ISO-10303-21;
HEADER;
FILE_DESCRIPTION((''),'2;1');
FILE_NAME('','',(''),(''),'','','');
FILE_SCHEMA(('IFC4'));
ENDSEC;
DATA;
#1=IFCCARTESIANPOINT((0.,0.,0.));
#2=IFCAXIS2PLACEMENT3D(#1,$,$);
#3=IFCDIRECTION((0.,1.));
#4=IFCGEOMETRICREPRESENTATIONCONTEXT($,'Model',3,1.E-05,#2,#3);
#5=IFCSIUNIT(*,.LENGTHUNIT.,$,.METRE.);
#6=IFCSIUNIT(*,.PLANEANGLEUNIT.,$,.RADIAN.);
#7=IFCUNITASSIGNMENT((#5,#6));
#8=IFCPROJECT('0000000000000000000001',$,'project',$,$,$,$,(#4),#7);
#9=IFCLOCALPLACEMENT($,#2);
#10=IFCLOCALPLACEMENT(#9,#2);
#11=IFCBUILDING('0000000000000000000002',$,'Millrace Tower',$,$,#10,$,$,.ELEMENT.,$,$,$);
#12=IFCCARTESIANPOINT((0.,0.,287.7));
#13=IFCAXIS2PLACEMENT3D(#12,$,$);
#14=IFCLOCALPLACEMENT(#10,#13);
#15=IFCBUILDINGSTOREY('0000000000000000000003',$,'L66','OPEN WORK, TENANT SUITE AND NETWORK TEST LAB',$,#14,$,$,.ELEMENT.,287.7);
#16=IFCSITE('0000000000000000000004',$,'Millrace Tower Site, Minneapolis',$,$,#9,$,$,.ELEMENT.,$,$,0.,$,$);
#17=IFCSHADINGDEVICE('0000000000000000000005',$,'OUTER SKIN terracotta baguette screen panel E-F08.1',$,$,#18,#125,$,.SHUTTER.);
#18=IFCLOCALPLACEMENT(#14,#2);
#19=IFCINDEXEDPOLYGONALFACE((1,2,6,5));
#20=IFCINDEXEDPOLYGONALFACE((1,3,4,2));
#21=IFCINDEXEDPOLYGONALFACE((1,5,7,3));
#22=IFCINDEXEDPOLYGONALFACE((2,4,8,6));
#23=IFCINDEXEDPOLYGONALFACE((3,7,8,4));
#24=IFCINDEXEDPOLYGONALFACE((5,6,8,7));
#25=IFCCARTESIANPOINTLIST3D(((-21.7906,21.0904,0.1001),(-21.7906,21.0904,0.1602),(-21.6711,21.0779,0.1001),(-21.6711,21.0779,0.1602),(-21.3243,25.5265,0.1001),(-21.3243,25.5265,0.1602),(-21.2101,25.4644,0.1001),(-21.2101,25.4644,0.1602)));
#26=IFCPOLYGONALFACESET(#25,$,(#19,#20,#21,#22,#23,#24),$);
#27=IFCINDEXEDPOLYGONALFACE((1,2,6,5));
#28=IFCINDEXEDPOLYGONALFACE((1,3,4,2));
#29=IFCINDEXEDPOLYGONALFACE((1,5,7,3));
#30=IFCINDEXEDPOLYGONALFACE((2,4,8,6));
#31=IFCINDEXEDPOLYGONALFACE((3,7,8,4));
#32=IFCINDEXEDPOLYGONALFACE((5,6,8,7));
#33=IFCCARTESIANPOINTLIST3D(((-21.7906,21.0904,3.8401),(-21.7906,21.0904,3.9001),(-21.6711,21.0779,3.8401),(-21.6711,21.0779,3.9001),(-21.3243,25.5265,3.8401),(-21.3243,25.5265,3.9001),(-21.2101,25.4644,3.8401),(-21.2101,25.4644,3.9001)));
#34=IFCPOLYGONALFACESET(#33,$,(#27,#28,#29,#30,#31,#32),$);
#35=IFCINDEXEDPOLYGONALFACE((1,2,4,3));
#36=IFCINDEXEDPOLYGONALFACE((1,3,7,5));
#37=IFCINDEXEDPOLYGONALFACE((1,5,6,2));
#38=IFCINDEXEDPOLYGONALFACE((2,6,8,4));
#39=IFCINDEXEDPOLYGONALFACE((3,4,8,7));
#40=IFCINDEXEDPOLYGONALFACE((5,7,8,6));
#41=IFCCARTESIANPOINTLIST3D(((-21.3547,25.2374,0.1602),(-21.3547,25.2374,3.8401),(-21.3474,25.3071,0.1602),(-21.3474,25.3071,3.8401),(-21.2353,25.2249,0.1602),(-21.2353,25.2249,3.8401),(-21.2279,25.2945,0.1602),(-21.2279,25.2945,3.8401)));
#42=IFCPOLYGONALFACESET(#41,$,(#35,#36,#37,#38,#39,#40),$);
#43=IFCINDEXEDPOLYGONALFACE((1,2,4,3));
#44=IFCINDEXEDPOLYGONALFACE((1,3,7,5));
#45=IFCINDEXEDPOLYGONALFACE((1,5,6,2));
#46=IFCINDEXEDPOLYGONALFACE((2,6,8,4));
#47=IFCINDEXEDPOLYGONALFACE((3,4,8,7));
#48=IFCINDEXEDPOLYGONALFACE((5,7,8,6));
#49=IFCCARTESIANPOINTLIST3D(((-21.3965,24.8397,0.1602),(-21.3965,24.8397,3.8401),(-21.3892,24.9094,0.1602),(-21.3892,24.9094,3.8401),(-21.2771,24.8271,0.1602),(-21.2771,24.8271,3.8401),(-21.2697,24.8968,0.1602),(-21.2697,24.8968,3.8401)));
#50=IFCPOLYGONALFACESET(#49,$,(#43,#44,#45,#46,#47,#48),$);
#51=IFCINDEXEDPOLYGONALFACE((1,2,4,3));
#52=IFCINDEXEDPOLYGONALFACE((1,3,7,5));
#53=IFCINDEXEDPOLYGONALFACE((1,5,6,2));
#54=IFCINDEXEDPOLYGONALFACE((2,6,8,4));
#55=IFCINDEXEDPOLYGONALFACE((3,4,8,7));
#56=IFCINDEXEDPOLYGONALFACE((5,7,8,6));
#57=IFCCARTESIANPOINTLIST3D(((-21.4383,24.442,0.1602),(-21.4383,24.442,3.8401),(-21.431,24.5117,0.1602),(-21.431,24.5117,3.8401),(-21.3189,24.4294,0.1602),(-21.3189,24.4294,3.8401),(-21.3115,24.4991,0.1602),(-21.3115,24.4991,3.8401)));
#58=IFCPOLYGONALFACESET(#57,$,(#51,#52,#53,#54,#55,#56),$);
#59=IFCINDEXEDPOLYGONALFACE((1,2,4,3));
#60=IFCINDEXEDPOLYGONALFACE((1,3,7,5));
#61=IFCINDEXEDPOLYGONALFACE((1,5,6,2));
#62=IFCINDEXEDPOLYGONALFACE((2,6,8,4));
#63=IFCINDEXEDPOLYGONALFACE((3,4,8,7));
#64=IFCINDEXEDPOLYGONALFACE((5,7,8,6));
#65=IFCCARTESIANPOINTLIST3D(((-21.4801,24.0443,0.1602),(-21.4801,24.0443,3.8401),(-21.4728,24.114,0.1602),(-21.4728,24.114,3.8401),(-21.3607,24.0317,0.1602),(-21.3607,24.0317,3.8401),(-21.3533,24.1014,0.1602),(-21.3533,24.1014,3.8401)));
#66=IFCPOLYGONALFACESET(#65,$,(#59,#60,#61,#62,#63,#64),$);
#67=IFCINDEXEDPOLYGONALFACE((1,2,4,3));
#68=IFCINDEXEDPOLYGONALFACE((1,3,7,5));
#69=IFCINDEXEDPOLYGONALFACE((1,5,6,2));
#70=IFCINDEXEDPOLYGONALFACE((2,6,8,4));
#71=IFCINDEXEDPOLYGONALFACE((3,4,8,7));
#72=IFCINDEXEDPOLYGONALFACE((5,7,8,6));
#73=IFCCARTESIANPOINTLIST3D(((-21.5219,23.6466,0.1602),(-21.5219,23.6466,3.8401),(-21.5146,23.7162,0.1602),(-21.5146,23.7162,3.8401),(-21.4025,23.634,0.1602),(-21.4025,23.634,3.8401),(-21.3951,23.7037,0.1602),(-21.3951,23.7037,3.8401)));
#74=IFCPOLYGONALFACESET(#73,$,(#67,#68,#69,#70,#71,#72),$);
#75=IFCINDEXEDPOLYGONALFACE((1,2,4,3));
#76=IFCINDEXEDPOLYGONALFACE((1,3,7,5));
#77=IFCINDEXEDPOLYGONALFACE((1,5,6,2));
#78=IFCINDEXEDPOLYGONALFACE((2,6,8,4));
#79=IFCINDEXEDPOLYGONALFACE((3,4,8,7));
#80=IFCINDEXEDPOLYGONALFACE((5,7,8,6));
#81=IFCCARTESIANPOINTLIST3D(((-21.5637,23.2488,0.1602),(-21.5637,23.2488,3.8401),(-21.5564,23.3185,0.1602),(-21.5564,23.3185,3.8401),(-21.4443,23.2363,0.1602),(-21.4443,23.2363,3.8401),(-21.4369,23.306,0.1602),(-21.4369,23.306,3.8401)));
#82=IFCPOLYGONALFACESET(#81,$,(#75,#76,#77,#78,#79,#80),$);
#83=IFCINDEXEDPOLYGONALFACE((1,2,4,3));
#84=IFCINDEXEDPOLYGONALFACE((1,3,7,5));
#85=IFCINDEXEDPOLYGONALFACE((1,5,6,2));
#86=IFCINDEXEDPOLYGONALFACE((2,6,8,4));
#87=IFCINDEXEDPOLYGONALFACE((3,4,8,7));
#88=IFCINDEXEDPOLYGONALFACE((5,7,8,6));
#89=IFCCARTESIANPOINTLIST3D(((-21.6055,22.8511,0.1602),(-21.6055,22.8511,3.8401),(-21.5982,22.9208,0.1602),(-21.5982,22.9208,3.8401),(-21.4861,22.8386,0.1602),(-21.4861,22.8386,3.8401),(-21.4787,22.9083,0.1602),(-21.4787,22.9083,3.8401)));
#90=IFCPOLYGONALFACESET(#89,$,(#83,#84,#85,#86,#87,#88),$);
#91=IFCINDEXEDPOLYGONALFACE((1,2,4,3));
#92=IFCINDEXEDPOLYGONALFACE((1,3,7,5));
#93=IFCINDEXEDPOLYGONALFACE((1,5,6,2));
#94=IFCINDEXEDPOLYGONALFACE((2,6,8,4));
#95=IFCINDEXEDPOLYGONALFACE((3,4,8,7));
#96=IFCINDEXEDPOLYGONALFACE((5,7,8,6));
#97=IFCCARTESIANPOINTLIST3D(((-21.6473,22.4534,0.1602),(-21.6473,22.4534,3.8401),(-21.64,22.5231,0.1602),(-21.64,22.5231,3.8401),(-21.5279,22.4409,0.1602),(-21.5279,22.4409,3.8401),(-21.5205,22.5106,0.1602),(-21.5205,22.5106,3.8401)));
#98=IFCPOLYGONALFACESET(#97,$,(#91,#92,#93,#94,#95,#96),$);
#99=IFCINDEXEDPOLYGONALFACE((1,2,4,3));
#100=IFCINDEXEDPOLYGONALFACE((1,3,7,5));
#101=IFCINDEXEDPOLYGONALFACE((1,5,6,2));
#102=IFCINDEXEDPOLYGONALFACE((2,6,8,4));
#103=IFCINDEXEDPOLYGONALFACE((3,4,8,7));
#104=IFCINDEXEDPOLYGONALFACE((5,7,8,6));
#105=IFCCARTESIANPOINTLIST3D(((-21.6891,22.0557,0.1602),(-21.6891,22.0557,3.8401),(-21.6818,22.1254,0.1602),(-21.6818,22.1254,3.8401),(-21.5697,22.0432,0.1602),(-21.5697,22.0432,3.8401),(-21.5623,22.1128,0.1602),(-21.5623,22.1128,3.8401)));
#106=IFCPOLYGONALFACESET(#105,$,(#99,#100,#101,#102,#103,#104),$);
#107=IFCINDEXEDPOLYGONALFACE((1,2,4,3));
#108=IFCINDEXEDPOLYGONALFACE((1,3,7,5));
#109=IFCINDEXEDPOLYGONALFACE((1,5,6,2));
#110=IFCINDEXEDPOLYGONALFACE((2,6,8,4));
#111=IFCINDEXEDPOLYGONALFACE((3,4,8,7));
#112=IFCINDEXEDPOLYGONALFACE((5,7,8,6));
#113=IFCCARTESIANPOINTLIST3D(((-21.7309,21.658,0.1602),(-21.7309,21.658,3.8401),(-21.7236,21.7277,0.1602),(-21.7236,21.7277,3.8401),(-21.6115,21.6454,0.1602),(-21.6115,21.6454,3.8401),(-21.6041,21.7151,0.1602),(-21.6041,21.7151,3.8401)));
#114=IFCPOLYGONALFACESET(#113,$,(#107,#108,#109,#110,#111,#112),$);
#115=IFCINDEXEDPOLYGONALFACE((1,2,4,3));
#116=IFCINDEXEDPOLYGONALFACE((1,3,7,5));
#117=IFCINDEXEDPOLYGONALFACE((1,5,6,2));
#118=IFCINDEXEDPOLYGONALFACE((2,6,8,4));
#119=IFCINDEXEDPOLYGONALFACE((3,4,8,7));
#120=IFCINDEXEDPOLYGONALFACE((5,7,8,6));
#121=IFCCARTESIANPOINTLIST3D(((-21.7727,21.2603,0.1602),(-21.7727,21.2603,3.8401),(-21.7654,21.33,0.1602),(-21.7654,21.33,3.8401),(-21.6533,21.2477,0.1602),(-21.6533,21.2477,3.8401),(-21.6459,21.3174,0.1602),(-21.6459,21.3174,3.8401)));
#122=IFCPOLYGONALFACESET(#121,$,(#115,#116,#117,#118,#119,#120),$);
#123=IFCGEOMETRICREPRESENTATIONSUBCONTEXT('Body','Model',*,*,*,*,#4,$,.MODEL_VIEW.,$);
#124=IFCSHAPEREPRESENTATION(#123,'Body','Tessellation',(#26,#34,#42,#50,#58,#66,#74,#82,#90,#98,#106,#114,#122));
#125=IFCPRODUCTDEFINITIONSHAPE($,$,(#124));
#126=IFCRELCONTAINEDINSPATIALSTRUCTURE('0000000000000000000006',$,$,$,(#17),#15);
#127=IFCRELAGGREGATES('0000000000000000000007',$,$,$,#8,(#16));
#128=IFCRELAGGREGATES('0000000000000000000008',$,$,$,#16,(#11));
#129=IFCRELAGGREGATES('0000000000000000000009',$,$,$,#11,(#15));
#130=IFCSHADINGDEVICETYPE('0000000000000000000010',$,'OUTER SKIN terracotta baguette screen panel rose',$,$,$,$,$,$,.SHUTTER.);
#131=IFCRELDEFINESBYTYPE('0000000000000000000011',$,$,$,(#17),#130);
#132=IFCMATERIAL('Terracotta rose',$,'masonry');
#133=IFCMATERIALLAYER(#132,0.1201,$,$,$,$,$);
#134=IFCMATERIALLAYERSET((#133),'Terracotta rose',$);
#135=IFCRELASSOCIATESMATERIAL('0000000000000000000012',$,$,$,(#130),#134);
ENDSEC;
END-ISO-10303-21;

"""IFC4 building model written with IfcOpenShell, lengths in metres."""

from ifc_helpers import new_model, entity, si_unit, direction, frame, frame_2d, origin, place, context, subcontext, project, spatial, rectangle, extrude, source, transform, mapped, material, layer, layer_set, type_object, element, save


model = new_model("IFC4")

# Units and contexts
model_context = context("Model", 3, precision=1e-05, world=origin(), true_north=direction((0.0, 1.0)))
body_context = subcontext(model_context, "Body", "Model", "MODEL_VIEW")
ifc_project = project(units=[si_unit("LENGTHUNIT", "METRE"), si_unit("PLANEANGLEUNIT", "RADIAN")], contexts=[model_context])

# Site, building, storey
site_placement = place(None, origin())
site = spatial("IfcSite", under=ifc_project, at=site_placement, Name="Millrace Tower Site, Minneapolis", CompositionType="ELEMENT", RefElevation=0.0)
building_placement = place(site_placement, origin())
building = spatial("IfcBuilding", under=site, at=building_placement, Name="Millrace Tower", CompositionType="ELEMENT")
storey_placement = place(building_placement, frame((0.0, 0.0, 287.7)))
storey = spatial("IfcBuildingStorey", under=building, at=storey_placement, Name="L66", Description="OPEN WORK, TENANT SUITE AND NETWORK TEST LAB", CompositionType="ELEMENT", Elevation=287.7)

# Shading device
ifc_material_1 = material(Name="Terracotta rose", Category="masonry")
ifc_layer_1 = layer(ifc_material_1, 0.1201)
ifc_layer_set_1 = layer_set([ifc_layer_1], Name="Terracotta rose")
shading_device_type = type_object("IfcShadingDeviceType", Name="OUTER SKIN terracotta baguette screen panel rose", PredefinedType="SHUTTER", material=ifc_layer_set_1)
cartesian_point_1 = entity("IfcCartesianPoint", [-2.1929, 0.0601])
shared_polyline_1 = entity("IfcPolyline", [cartesian_point_1, entity("IfcCartesianPoint", [2.2178, 0.0601]), entity("IfcCartesianPoint", [2.2178, -0.0601]), entity("IfcCartesianPoint", [-2.2427, -0.0601]), cartesian_point_1])
shared_shape_1 = source(origin(), body_context, "Body", "SweptSolid", [
    entity("IfcExtrudedAreaSolid", entity("IfcArbitraryClosedProfileDef", "AREA", None, shared_polyline_1), entity("IfcAxis2Placement3D", entity("IfcCartesianPoint", [0.0, 0.0, 0.0])), entity("IfcDirection", [0.0, 0.0, 1.0]), 0.0601),
    entity("IfcExtrudedAreaSolid", entity("IfcArbitraryClosedProfileDef", "AREA", None, shared_polyline_1), entity("IfcAxis2Placement3D", entity("IfcCartesianPoint", [0.0, 0.0, 3.74])), entity("IfcDirection", [0.0, 0.0, 1.0]), 0.0601),
    extrude(rectangle(XDim=0.0701, YDim=0.1201, at=frame_2d((-1.9871, 0.0))), frame((0.0, 0.0, 0.0601)), (0.0, 0.0, 1.0), 3.6799),
    extrude(rectangle(XDim=0.0701, YDim=0.1201, at=frame_2d((-1.5872, 0.0))), frame((0.0, 0.0, 0.0601)), (0.0, 0.0, 1.0), 3.6799),
    extrude(rectangle(XDim=0.0701, YDim=0.1201, at=frame_2d((-1.1873, 0.0))), frame((0.0, 0.0, 0.0601)), (0.0, 0.0, 1.0), 3.6799),
    extrude(rectangle(XDim=0.0701, YDim=0.1201, at=frame_2d((-0.7874, 0.0))), frame((0.0, 0.0, 0.0601)), (0.0, 0.0, 1.0), 3.6799),
    extrude(rectangle(XDim=0.0701, YDim=0.1201, at=frame_2d((-0.3875, 0.0))), frame((0.0, 0.0, 0.0601)), (0.0, 0.0, 1.0), 3.6799),
    extrude(rectangle(XDim=0.0701, YDim=0.1201, at=frame_2d((0.0125, 0.0))), frame((0.0, 0.0, 0.0601)), (0.0, 0.0, 1.0), 3.6799),
    extrude(rectangle(XDim=0.0701, YDim=0.1201, at=frame_2d((0.4124, 0.0))), frame((0.0, 0.0, 0.0601)), (0.0, 0.0, 1.0), 3.6799),
    extrude(rectangle(XDim=0.0701, YDim=0.1201, at=frame_2d((0.8123, 0.0))), frame((0.0, 0.0, 0.0601)), (0.0, 0.0, 1.0), 3.6799),
    extrude(rectangle(XDim=0.0701, YDim=0.1201, at=frame_2d((1.2122, 0.0))), frame((0.0, 0.0, 0.0601)), (0.0, 0.0, 1.0), 3.6799),
    extrude(rectangle(XDim=0.0701, YDim=0.1201, at=frame_2d((1.6121, 0.0))), frame((0.0, 0.0, 0.0601)), (0.0, 0.0, 1.0), 3.6799),
    extrude(rectangle(XDim=0.0701, YDim=0.1201, at=frame_2d((2.012, 0.0))), frame((0.0, 0.0, 0.0601)), (0.0, 0.0, 1.0), 3.6799),
])
shading_device_1_placement = place(storey_placement, frame((-21.499, 23.2898, 0.1001), z_axis=(0.0, 0.0, 1.0), x_axis=(-0.104528, -0.994522, 0.0)))
element("IfcShadingDevice", 1, at=shading_device_1_placement, inside=storey, type_object=shading_device_type, Name="OUTER SKIN terracotta baguette screen panel E-F08.1", PredefinedType="SHUTTER", context=body_context, shape_type="MappedRepresentation", body=[
    mapped(shared_shape_1, transform((0.0, 0.0, 0.0), scale=1.0)),
])

save(model, "model.ifc")
